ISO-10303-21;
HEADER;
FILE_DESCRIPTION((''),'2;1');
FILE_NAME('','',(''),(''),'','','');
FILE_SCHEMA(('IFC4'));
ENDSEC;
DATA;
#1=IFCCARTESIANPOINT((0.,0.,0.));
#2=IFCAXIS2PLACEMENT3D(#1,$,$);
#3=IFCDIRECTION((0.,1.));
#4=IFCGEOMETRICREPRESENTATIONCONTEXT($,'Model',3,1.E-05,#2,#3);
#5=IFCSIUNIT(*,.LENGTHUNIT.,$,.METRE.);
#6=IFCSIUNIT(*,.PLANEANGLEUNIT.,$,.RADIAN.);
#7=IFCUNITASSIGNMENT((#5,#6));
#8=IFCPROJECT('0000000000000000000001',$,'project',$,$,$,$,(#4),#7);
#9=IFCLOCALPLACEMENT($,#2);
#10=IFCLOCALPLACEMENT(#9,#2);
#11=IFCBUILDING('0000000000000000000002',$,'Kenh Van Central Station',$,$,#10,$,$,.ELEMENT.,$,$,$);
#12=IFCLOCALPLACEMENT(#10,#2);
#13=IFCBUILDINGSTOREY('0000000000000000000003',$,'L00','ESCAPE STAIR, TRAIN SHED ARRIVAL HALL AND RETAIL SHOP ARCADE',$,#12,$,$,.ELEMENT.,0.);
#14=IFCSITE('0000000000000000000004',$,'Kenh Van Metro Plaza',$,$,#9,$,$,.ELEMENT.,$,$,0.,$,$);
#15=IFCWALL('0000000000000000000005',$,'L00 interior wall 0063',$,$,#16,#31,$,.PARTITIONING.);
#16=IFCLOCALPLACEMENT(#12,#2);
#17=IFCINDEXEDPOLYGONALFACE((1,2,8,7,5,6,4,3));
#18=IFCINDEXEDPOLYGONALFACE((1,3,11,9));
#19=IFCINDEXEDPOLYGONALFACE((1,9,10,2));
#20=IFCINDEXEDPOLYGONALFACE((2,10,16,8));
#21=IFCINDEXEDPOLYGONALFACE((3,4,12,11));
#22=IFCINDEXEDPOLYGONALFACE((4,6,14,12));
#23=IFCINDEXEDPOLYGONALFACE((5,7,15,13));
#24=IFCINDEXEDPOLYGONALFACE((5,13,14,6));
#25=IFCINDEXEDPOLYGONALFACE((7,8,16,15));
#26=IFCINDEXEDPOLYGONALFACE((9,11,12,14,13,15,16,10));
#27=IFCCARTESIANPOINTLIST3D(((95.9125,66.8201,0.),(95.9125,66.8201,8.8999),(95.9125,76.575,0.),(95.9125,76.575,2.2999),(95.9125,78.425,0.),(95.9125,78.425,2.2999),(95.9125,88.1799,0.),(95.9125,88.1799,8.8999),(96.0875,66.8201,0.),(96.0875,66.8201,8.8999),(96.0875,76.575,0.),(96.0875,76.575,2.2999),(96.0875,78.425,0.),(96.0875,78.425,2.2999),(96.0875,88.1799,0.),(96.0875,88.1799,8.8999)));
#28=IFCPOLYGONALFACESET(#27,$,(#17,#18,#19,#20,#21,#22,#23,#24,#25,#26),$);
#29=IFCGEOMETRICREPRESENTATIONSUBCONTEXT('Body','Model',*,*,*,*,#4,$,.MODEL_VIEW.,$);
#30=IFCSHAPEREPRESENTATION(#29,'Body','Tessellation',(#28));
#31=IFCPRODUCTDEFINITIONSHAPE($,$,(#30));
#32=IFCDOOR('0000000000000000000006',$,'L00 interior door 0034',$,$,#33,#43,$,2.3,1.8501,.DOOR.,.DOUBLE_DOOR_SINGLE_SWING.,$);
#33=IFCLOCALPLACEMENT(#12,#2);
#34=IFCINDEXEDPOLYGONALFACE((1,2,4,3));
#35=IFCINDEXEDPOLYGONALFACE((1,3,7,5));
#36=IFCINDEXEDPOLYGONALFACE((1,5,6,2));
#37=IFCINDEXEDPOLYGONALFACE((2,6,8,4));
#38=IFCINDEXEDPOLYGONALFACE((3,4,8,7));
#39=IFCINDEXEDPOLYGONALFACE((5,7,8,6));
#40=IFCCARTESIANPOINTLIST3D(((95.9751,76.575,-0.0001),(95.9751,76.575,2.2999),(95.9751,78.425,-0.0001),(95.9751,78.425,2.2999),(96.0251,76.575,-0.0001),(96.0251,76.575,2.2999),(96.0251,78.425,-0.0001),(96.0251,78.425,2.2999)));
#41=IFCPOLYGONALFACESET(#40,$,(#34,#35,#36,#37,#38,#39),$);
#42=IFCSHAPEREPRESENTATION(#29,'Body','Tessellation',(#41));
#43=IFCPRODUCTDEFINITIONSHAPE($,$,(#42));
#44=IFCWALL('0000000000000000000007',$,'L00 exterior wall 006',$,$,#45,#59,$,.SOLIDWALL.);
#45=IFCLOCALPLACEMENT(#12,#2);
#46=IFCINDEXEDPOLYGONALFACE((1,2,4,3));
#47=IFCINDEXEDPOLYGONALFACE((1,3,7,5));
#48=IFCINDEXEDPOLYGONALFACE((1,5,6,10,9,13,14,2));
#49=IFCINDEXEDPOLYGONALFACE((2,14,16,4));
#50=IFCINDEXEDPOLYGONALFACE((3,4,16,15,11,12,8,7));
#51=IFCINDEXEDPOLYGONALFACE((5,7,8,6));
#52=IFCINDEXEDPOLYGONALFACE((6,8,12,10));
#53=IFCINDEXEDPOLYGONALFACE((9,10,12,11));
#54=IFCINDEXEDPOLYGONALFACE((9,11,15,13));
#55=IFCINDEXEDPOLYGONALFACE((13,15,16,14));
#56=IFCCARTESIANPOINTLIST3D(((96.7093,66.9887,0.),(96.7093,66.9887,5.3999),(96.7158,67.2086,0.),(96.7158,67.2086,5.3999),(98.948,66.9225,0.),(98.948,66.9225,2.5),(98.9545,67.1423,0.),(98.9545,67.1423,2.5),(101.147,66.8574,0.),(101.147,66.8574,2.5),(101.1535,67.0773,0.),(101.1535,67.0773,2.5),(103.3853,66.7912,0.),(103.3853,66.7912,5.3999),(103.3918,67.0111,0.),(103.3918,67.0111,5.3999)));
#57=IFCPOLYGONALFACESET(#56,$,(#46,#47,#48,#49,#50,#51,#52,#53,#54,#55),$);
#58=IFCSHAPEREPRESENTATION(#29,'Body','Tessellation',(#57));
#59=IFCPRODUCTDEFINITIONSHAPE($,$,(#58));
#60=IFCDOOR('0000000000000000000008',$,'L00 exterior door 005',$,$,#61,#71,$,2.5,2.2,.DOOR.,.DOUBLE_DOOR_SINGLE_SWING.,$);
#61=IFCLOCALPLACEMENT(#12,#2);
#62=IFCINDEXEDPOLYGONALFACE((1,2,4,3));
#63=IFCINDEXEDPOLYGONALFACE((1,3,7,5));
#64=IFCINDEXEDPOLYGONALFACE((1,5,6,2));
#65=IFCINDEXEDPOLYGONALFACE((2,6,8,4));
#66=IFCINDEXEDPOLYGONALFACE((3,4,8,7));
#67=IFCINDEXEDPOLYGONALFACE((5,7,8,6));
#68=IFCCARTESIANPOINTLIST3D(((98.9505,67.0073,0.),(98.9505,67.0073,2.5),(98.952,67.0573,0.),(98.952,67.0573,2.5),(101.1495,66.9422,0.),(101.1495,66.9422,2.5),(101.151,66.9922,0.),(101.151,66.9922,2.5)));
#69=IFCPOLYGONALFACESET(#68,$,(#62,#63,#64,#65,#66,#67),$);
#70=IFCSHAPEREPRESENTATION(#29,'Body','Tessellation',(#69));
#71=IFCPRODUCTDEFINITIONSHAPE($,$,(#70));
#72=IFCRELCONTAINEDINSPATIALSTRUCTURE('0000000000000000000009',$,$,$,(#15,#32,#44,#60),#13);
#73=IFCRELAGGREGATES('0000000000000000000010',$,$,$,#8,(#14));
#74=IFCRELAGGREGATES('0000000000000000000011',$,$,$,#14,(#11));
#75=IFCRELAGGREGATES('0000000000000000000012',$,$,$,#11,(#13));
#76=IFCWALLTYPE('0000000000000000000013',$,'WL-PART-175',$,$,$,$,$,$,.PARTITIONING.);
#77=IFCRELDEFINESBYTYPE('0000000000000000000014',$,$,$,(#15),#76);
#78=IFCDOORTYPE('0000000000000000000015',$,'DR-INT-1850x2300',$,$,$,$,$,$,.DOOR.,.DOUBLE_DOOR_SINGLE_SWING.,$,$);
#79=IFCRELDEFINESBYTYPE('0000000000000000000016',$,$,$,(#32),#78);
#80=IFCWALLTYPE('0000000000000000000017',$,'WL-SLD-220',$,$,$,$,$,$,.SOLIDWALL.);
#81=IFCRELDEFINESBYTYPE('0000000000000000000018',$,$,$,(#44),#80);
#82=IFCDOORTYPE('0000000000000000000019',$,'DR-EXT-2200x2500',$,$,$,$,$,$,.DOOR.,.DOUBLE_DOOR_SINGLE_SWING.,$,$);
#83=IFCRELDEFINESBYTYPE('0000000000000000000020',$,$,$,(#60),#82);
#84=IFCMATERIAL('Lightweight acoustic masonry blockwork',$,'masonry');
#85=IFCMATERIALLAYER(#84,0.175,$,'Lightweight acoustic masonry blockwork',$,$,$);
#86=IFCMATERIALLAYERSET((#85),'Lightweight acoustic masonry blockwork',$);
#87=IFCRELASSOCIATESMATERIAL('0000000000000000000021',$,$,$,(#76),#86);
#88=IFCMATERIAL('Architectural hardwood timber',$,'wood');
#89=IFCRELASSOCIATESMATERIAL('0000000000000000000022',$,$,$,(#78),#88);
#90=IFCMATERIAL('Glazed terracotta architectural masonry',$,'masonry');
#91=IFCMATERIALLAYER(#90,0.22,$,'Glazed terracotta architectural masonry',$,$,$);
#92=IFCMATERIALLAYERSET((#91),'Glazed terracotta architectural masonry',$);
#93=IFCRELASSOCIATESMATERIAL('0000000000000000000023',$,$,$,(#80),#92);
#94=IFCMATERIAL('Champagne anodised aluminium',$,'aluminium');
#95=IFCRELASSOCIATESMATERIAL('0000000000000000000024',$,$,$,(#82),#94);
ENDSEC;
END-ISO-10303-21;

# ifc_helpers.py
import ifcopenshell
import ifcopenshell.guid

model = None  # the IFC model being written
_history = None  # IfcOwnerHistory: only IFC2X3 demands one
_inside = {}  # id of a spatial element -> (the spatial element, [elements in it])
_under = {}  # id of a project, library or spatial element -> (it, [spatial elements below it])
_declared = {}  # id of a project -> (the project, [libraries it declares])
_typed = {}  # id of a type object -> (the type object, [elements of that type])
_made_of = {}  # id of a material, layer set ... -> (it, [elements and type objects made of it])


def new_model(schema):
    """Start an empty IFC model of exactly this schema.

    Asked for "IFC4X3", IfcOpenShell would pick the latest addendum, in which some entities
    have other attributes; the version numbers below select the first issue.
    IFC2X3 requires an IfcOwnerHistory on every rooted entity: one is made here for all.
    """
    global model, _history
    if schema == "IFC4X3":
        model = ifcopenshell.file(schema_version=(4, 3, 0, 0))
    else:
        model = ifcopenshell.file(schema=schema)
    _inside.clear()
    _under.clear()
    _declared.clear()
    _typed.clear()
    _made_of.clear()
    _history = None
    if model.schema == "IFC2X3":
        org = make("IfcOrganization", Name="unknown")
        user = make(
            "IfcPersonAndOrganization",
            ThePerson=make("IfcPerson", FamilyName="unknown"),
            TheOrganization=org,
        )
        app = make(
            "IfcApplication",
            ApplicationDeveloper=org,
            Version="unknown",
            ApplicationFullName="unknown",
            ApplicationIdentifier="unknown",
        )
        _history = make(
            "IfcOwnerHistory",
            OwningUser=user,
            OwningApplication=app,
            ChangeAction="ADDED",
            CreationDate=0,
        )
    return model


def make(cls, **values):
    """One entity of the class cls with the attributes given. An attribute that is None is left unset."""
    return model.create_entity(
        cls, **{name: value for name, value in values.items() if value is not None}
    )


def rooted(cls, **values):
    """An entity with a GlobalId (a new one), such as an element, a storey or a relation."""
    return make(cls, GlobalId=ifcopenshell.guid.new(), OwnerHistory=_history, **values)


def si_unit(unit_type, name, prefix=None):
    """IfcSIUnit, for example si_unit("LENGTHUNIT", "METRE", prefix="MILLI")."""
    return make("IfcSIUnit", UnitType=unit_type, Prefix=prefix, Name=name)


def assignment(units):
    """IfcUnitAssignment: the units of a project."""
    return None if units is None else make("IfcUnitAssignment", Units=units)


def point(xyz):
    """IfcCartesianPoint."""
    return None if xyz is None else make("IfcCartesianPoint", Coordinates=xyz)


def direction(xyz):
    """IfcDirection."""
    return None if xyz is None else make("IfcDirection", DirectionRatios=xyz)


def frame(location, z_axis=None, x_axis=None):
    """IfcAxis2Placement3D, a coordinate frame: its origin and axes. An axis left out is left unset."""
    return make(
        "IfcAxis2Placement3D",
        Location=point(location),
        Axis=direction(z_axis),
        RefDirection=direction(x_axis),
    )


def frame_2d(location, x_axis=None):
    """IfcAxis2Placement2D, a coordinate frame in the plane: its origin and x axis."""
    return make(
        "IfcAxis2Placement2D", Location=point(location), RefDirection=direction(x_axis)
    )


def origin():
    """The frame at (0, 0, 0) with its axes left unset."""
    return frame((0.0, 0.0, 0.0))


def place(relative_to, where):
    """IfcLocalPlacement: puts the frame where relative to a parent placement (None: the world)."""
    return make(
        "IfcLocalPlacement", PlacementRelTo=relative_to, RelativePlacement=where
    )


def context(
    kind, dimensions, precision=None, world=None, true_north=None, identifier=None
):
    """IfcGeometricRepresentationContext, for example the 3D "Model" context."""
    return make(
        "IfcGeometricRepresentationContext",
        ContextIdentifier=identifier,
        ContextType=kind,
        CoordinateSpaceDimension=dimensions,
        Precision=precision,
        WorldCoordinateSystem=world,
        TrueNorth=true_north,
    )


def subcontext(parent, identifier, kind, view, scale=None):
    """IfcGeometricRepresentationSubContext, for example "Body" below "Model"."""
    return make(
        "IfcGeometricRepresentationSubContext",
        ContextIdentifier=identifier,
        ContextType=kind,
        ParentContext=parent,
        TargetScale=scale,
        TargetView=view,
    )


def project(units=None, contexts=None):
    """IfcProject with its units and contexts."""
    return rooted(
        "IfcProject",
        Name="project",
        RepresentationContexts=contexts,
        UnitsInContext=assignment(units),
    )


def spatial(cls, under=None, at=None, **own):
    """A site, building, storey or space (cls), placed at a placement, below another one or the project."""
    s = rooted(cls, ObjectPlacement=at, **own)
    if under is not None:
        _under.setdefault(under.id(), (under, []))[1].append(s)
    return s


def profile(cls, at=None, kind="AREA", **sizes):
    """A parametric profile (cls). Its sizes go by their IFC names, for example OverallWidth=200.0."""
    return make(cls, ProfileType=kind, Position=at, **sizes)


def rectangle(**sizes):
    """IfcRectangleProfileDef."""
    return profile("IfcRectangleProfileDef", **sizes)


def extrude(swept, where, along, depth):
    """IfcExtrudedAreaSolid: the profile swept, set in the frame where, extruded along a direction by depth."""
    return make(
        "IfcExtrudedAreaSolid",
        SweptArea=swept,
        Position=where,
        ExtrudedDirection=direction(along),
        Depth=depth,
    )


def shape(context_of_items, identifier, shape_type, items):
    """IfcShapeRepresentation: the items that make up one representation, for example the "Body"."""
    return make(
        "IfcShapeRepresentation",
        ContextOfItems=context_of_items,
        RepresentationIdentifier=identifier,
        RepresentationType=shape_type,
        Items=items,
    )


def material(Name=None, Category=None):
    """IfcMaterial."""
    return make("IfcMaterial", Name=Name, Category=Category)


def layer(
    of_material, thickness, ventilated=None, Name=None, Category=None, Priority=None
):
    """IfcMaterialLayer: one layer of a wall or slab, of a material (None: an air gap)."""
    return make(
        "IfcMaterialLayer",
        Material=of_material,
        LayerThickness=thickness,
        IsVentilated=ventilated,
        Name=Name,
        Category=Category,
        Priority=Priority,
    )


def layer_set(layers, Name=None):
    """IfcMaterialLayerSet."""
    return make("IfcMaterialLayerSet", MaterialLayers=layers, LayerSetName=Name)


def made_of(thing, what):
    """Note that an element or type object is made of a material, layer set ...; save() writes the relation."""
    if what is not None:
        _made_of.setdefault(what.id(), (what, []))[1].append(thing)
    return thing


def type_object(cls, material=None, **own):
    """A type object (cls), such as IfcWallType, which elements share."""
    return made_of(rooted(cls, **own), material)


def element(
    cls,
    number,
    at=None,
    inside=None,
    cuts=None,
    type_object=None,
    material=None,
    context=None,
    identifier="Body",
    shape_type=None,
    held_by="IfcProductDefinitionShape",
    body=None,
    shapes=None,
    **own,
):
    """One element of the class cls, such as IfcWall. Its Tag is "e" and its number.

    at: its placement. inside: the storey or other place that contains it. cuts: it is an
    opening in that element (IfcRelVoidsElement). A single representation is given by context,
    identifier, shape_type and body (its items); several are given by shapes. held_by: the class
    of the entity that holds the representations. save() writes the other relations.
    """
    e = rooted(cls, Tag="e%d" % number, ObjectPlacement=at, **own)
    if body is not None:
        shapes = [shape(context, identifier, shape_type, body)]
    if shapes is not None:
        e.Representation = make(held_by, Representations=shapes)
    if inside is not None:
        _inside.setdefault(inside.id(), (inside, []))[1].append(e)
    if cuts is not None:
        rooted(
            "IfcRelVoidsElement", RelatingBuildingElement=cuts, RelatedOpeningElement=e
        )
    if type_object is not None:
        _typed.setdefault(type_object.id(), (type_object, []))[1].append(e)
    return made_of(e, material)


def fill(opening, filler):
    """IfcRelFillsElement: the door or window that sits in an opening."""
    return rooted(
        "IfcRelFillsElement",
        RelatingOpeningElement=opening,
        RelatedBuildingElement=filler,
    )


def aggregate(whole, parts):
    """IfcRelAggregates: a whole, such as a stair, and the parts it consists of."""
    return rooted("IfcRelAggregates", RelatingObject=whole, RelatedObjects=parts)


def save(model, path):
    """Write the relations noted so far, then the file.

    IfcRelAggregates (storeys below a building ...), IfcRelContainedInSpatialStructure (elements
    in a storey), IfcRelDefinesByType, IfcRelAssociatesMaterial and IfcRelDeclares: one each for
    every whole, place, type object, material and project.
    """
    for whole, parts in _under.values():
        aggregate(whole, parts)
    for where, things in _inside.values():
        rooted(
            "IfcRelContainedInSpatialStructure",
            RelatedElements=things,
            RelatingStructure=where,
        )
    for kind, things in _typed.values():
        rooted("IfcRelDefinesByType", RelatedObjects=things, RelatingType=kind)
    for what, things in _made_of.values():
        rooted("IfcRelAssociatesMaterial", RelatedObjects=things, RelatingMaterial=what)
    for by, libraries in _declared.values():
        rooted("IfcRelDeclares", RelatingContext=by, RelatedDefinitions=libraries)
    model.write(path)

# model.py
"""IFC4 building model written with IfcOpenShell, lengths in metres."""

from ifc_helpers import new_model, si_unit, direction, frame, frame_2d, origin, place, context, subcontext, project, spatial, rectangle, extrude, material, layer, layer_set, type_object, element, fill, save


model = new_model("IFC4")

# Units and contexts
model_context = context("Model", 3, precision=1e-05, world=origin(), true_north=direction((0.0, 1.0)))
body_context = subcontext(model_context, "Body", "Model", "MODEL_VIEW")
ifc_project = project(units=[si_unit("LENGTHUNIT", "METRE"), si_unit("PLANEANGLEUNIT", "RADIAN")], contexts=[model_context])

# Site, building, storey
site_placement = place(None, origin())
site = spatial("IfcSite", under=ifc_project, at=site_placement, Name="Kenh Van Metro Plaza", CompositionType="ELEMENT", RefElevation=0.0)
building_placement = place(site_placement, origin())
building = spatial("IfcBuilding", under=site, at=building_placement, Name="Kenh Van Central Station", CompositionType="ELEMENT")
storey_placement = place(building_placement, origin())
storey = spatial("IfcBuildingStorey", under=building, at=storey_placement, Name="L00", Description="ESCAPE STAIR, TRAIN SHED ARRIVAL HALL AND RETAIL SHOP ARCADE", CompositionType="ELEMENT", Elevation=0.0)

# Shared definitions
ifc_material_1 = material(Name="Champagne anodised aluminium", Category="aluminium")

# Walls, openings, doors
ifc_material_2 = material(Name="Lightweight acoustic masonry blockwork", Category="masonry")
ifc_layer_1 = layer(ifc_material_2, 0.175, Name="Lightweight acoustic masonry blockwork")
ifc_layer_set_1 = layer_set([ifc_layer_1], Name="Lightweight acoustic masonry blockwork")
wall_type_1 = type_object("IfcWallType", Name="WL-PART-175", PredefinedType="PARTITIONING", material=ifc_layer_set_1)
wall_1_placement = place(storey_placement, frame((96.0, 66.8201, 0.0), z_axis=(0.0, 0.0, 1.0), x_axis=(0.0, 1.0, 0.0)))
wall_1 = element("IfcWall", 1, at=wall_1_placement, inside=storey, type_object=wall_type_1, Name="L00 interior wall 0063", PredefinedType="PARTITIONING", context=body_context, shape_type="SweptSolid", body=[
    extrude(rectangle(XDim=21.3599, YDim=0.175, at=frame_2d((10.6799, 0.0))), origin(), (0.0, 0.0, 1.0), 8.8999),
])
opening_1_placement = place(wall_1_placement, frame((9.7549, 0.0, 0.0)))
opening_1 = element("IfcOpeningElement", 2, at=opening_1_placement, cuts=wall_1, PredefinedType="OPENING", context=body_context, shape_type="SweptSolid", body=[
    extrude(rectangle(XDim=1.8501, YDim=2.3, at=frame_2d((0.925, 1.1499))), frame((0.0, 0.0974, 0.0), z_axis=(0.0, -1.0, 0.0), x_axis=(1.0, 0.0, 0.0)), (0.0, 0.0, 1.0), 0.1951),
])
ifc_material_3 = material(Name="Architectural hardwood timber", Category="wood")
door_type_1 = type_object("IfcDoorType", Name="DR-INT-1850x2300", OperationType="DOUBLE_DOOR_SINGLE_SWING", PredefinedType="DOOR", material=ifc_material_3)
door_1_placement = place(opening_1_placement, origin())
door_1 = element("IfcDoor", 3, at=door_1_placement, inside=storey, type_object=door_type_1, Name="L00 interior door 0034", OperationType="DOUBLE_DOOR_SINGLE_SWING", OverallHeight=2.3, OverallWidth=1.8501, PredefinedType="DOOR", context=body_context, shape_type="SweptSolid", body=[
    extrude(rectangle(XDim=1.8501, YDim=2.3, at=frame_2d((0.925, 1.1499))), frame((0.0, 0.0249, 0.0), z_axis=(0.0, -1.0, 0.0), x_axis=(1.0, 0.0, 0.0)), (0.0, 0.0, 1.0), 0.05),
])
fill(opening_1, door_1)
ifc_material_4 = material(Name="Glazed terracotta architectural masonry", Category="masonry")
ifc_layer_2 = layer(ifc_material_4, 0.22, Name="Glazed terracotta architectural masonry")
ifc_layer_set_2 = layer_set([ifc_layer_2], Name="Glazed terracotta architectural masonry")
wall_type_2 = type_object("IfcWallType", Name="WL-SLD-220", PredefinedType="SOLIDWALL", material=ifc_layer_set_2)
wall_2_placement = place(storey_placement, frame((96.7126, 67.0986, 0.0), z_axis=(0.0, 0.0, 1.0), x_axis=(0.999563, -0.029572, 0.0)))
wall_2 = element("IfcWall", 4, at=wall_2_placement, inside=storey, type_object=wall_type_2, Name="L00 exterior wall 006", PredefinedType="SOLIDWALL", context=body_context, shape_type="SweptSolid", body=[
    extrude(rectangle(XDim=6.679, YDim=0.22, at=frame_2d((3.3394, 0.0))), origin(), (0.0, 0.0, 1.0), 5.3999),
])
opening_2_placement = place(wall_2_placement, frame((2.2395, 0.0, 0.0)))
opening_2 = element("IfcOpeningElement", 5, at=opening_2_placement, cuts=wall_2, PredefinedType="OPENING", context=body_context, shape_type="SweptSolid", body=[
    extrude(rectangle(XDim=2.2, YDim=2.5, at=frame_2d((1.1001, 1.25))), frame((0.0, 0.1199, 0.0), z_axis=(0.0, -1.0, 0.0), x_axis=(1.0, 0.0, 0.0)), (0.0, 0.0, 1.0), 0.24),
])
door_type_2 = type_object("IfcDoorType", Name="DR-EXT-2200x2500", OperationType="DOUBLE_DOOR_SINGLE_SWING", PredefinedType="DOOR", material=ifc_material_1)
door_2_placement = place(opening_2_placement, origin())
door_2 = element("IfcDoor", 6, at=door_2_placement, inside=storey, type_object=door_type_2, Name="L00 exterior door 005", OperationType="DOUBLE_DOOR_SINGLE_SWING", OverallHeight=2.5, OverallWidth=2.2, PredefinedType="DOOR", context=body_context, shape_type="SweptSolid", body=[
    extrude(rectangle(XDim=2.2, YDim=2.5, at=frame_2d((1.1001, 1.25))), frame((0.0, 0.0249, 0.0), z_axis=(0.0, -1.0, 0.0), x_axis=(1.0, 0.0, 0.0)), (0.0, 0.0, 1.0), 0.05),
])
fill(opening_2, door_2)

save(model, "model.ifc")
